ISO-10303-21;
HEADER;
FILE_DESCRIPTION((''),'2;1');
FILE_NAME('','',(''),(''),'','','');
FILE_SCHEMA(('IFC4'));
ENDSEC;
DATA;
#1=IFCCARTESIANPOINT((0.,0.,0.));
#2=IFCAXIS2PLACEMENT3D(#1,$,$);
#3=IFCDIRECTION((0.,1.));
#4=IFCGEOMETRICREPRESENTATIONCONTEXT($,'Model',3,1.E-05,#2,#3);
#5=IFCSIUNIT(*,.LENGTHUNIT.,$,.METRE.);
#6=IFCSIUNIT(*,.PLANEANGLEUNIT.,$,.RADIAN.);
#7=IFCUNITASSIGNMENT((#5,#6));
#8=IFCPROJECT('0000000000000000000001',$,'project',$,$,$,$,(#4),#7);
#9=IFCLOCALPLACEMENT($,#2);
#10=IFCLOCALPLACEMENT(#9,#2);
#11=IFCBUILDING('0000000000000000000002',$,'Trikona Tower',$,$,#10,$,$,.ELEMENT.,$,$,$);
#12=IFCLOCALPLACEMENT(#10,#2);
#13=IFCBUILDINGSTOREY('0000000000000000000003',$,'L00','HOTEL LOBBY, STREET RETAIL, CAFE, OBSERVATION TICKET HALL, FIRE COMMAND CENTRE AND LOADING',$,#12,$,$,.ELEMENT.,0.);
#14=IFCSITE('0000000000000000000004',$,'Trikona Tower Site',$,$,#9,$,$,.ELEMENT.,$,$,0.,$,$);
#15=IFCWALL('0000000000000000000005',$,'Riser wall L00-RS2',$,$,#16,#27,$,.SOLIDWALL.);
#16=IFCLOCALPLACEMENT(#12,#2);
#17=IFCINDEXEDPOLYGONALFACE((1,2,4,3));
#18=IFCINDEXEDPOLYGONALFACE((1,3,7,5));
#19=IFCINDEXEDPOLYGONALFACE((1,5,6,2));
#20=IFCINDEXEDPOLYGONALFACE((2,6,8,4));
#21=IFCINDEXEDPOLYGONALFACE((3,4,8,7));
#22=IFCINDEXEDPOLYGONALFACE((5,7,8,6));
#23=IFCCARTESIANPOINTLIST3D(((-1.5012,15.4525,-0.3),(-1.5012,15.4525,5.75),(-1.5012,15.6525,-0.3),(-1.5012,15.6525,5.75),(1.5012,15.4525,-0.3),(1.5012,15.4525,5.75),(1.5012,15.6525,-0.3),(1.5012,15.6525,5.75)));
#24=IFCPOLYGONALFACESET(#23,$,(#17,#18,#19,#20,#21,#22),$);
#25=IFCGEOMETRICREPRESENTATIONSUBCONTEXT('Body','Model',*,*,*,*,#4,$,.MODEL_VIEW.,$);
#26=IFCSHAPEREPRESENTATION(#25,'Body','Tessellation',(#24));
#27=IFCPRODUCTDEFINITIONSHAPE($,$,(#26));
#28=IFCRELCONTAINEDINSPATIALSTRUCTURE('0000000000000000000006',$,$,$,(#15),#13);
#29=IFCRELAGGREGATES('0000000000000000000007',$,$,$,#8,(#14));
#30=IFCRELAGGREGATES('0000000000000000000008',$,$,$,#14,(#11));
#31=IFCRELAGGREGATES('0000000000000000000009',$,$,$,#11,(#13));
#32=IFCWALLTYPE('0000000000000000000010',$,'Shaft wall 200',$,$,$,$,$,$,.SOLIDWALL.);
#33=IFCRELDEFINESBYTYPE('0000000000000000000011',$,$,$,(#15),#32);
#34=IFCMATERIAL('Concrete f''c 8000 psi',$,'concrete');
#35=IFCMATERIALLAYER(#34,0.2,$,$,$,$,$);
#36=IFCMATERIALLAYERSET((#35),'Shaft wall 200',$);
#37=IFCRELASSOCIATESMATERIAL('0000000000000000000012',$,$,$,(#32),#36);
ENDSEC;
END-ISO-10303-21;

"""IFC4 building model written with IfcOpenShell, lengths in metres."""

from ifc_helpers import new_model, si_unit, direction, frame, frame_2d, origin, place, context, subcontext, project, spatial, rectangle, extrude, material, layer, layer_set, type_object, element, save


model = new_model("IFC4")

# Units and contexts
model_context = context("Model", 3, precision=1e-05, world=origin(), true_north=direction((0.0, 1.0)))
body_context = subcontext(model_context, "Body", "Model", "MODEL_VIEW")
ifc_project = project(units=[si_unit("LENGTHUNIT", "METRE"), si_unit("PLANEANGLEUNIT", "RADIAN")], contexts=[model_context])

# Site, building, storey
site_placement = place(None, origin())
site = spatial("IfcSite", under=ifc_project, at=site_placement, Name="Trikona Tower Site", CompositionType="ELEMENT", RefElevation=0.0)
building_placement = place(site_placement, origin())
building = spatial("IfcBuilding", under=site, at=building_placement, Name="Trikona Tower", CompositionType="ELEMENT")
storey_placement = place(building_placement, origin())
storey = spatial("IfcBuildingStorey", under=building, at=storey_placement, Name="L00", Description="HOTEL LOBBY, STREET RETAIL, CAFE, OBSERVATION TICKET HALL, FIRE COMMAND CENTRE AND LOADING", CompositionType="ELEMENT", Elevation=0.0)

# Wall
ifc_material_1 = material(Name="Concrete f'c 8000 psi", Category="concrete")
ifc_layer_1 = layer(ifc_material_1, 0.2)
ifc_layer_set_1 = layer_set([ifc_layer_1], Name="Shaft wall 200")
wall_type_1 = type_object("IfcWallType", Name="Shaft wall 200", PredefinedType="SOLIDWALL", material=ifc_layer_set_1)
wall_1_placement = place(storey_placement, frame((-1.5012, 15.5525, -0.3), z_axis=(0.0, 0.0, 1.0), x_axis=(1.0, 0.0, 0.0)))
element("IfcWall", 1, at=wall_1_placement, inside=storey, type_object=wall_type_1, Name="Riser wall L00-RS2", PredefinedType="SOLIDWALL", context=body_context, shape_type="SweptSolid", body=[
    extrude(rectangle(XDim=3.0024, YDim=0.2, at=frame_2d((1.5012, 0.0))), origin(), (0.0, 0.0, 1.0), 6.05),
])

save(model, "model.ifc")
